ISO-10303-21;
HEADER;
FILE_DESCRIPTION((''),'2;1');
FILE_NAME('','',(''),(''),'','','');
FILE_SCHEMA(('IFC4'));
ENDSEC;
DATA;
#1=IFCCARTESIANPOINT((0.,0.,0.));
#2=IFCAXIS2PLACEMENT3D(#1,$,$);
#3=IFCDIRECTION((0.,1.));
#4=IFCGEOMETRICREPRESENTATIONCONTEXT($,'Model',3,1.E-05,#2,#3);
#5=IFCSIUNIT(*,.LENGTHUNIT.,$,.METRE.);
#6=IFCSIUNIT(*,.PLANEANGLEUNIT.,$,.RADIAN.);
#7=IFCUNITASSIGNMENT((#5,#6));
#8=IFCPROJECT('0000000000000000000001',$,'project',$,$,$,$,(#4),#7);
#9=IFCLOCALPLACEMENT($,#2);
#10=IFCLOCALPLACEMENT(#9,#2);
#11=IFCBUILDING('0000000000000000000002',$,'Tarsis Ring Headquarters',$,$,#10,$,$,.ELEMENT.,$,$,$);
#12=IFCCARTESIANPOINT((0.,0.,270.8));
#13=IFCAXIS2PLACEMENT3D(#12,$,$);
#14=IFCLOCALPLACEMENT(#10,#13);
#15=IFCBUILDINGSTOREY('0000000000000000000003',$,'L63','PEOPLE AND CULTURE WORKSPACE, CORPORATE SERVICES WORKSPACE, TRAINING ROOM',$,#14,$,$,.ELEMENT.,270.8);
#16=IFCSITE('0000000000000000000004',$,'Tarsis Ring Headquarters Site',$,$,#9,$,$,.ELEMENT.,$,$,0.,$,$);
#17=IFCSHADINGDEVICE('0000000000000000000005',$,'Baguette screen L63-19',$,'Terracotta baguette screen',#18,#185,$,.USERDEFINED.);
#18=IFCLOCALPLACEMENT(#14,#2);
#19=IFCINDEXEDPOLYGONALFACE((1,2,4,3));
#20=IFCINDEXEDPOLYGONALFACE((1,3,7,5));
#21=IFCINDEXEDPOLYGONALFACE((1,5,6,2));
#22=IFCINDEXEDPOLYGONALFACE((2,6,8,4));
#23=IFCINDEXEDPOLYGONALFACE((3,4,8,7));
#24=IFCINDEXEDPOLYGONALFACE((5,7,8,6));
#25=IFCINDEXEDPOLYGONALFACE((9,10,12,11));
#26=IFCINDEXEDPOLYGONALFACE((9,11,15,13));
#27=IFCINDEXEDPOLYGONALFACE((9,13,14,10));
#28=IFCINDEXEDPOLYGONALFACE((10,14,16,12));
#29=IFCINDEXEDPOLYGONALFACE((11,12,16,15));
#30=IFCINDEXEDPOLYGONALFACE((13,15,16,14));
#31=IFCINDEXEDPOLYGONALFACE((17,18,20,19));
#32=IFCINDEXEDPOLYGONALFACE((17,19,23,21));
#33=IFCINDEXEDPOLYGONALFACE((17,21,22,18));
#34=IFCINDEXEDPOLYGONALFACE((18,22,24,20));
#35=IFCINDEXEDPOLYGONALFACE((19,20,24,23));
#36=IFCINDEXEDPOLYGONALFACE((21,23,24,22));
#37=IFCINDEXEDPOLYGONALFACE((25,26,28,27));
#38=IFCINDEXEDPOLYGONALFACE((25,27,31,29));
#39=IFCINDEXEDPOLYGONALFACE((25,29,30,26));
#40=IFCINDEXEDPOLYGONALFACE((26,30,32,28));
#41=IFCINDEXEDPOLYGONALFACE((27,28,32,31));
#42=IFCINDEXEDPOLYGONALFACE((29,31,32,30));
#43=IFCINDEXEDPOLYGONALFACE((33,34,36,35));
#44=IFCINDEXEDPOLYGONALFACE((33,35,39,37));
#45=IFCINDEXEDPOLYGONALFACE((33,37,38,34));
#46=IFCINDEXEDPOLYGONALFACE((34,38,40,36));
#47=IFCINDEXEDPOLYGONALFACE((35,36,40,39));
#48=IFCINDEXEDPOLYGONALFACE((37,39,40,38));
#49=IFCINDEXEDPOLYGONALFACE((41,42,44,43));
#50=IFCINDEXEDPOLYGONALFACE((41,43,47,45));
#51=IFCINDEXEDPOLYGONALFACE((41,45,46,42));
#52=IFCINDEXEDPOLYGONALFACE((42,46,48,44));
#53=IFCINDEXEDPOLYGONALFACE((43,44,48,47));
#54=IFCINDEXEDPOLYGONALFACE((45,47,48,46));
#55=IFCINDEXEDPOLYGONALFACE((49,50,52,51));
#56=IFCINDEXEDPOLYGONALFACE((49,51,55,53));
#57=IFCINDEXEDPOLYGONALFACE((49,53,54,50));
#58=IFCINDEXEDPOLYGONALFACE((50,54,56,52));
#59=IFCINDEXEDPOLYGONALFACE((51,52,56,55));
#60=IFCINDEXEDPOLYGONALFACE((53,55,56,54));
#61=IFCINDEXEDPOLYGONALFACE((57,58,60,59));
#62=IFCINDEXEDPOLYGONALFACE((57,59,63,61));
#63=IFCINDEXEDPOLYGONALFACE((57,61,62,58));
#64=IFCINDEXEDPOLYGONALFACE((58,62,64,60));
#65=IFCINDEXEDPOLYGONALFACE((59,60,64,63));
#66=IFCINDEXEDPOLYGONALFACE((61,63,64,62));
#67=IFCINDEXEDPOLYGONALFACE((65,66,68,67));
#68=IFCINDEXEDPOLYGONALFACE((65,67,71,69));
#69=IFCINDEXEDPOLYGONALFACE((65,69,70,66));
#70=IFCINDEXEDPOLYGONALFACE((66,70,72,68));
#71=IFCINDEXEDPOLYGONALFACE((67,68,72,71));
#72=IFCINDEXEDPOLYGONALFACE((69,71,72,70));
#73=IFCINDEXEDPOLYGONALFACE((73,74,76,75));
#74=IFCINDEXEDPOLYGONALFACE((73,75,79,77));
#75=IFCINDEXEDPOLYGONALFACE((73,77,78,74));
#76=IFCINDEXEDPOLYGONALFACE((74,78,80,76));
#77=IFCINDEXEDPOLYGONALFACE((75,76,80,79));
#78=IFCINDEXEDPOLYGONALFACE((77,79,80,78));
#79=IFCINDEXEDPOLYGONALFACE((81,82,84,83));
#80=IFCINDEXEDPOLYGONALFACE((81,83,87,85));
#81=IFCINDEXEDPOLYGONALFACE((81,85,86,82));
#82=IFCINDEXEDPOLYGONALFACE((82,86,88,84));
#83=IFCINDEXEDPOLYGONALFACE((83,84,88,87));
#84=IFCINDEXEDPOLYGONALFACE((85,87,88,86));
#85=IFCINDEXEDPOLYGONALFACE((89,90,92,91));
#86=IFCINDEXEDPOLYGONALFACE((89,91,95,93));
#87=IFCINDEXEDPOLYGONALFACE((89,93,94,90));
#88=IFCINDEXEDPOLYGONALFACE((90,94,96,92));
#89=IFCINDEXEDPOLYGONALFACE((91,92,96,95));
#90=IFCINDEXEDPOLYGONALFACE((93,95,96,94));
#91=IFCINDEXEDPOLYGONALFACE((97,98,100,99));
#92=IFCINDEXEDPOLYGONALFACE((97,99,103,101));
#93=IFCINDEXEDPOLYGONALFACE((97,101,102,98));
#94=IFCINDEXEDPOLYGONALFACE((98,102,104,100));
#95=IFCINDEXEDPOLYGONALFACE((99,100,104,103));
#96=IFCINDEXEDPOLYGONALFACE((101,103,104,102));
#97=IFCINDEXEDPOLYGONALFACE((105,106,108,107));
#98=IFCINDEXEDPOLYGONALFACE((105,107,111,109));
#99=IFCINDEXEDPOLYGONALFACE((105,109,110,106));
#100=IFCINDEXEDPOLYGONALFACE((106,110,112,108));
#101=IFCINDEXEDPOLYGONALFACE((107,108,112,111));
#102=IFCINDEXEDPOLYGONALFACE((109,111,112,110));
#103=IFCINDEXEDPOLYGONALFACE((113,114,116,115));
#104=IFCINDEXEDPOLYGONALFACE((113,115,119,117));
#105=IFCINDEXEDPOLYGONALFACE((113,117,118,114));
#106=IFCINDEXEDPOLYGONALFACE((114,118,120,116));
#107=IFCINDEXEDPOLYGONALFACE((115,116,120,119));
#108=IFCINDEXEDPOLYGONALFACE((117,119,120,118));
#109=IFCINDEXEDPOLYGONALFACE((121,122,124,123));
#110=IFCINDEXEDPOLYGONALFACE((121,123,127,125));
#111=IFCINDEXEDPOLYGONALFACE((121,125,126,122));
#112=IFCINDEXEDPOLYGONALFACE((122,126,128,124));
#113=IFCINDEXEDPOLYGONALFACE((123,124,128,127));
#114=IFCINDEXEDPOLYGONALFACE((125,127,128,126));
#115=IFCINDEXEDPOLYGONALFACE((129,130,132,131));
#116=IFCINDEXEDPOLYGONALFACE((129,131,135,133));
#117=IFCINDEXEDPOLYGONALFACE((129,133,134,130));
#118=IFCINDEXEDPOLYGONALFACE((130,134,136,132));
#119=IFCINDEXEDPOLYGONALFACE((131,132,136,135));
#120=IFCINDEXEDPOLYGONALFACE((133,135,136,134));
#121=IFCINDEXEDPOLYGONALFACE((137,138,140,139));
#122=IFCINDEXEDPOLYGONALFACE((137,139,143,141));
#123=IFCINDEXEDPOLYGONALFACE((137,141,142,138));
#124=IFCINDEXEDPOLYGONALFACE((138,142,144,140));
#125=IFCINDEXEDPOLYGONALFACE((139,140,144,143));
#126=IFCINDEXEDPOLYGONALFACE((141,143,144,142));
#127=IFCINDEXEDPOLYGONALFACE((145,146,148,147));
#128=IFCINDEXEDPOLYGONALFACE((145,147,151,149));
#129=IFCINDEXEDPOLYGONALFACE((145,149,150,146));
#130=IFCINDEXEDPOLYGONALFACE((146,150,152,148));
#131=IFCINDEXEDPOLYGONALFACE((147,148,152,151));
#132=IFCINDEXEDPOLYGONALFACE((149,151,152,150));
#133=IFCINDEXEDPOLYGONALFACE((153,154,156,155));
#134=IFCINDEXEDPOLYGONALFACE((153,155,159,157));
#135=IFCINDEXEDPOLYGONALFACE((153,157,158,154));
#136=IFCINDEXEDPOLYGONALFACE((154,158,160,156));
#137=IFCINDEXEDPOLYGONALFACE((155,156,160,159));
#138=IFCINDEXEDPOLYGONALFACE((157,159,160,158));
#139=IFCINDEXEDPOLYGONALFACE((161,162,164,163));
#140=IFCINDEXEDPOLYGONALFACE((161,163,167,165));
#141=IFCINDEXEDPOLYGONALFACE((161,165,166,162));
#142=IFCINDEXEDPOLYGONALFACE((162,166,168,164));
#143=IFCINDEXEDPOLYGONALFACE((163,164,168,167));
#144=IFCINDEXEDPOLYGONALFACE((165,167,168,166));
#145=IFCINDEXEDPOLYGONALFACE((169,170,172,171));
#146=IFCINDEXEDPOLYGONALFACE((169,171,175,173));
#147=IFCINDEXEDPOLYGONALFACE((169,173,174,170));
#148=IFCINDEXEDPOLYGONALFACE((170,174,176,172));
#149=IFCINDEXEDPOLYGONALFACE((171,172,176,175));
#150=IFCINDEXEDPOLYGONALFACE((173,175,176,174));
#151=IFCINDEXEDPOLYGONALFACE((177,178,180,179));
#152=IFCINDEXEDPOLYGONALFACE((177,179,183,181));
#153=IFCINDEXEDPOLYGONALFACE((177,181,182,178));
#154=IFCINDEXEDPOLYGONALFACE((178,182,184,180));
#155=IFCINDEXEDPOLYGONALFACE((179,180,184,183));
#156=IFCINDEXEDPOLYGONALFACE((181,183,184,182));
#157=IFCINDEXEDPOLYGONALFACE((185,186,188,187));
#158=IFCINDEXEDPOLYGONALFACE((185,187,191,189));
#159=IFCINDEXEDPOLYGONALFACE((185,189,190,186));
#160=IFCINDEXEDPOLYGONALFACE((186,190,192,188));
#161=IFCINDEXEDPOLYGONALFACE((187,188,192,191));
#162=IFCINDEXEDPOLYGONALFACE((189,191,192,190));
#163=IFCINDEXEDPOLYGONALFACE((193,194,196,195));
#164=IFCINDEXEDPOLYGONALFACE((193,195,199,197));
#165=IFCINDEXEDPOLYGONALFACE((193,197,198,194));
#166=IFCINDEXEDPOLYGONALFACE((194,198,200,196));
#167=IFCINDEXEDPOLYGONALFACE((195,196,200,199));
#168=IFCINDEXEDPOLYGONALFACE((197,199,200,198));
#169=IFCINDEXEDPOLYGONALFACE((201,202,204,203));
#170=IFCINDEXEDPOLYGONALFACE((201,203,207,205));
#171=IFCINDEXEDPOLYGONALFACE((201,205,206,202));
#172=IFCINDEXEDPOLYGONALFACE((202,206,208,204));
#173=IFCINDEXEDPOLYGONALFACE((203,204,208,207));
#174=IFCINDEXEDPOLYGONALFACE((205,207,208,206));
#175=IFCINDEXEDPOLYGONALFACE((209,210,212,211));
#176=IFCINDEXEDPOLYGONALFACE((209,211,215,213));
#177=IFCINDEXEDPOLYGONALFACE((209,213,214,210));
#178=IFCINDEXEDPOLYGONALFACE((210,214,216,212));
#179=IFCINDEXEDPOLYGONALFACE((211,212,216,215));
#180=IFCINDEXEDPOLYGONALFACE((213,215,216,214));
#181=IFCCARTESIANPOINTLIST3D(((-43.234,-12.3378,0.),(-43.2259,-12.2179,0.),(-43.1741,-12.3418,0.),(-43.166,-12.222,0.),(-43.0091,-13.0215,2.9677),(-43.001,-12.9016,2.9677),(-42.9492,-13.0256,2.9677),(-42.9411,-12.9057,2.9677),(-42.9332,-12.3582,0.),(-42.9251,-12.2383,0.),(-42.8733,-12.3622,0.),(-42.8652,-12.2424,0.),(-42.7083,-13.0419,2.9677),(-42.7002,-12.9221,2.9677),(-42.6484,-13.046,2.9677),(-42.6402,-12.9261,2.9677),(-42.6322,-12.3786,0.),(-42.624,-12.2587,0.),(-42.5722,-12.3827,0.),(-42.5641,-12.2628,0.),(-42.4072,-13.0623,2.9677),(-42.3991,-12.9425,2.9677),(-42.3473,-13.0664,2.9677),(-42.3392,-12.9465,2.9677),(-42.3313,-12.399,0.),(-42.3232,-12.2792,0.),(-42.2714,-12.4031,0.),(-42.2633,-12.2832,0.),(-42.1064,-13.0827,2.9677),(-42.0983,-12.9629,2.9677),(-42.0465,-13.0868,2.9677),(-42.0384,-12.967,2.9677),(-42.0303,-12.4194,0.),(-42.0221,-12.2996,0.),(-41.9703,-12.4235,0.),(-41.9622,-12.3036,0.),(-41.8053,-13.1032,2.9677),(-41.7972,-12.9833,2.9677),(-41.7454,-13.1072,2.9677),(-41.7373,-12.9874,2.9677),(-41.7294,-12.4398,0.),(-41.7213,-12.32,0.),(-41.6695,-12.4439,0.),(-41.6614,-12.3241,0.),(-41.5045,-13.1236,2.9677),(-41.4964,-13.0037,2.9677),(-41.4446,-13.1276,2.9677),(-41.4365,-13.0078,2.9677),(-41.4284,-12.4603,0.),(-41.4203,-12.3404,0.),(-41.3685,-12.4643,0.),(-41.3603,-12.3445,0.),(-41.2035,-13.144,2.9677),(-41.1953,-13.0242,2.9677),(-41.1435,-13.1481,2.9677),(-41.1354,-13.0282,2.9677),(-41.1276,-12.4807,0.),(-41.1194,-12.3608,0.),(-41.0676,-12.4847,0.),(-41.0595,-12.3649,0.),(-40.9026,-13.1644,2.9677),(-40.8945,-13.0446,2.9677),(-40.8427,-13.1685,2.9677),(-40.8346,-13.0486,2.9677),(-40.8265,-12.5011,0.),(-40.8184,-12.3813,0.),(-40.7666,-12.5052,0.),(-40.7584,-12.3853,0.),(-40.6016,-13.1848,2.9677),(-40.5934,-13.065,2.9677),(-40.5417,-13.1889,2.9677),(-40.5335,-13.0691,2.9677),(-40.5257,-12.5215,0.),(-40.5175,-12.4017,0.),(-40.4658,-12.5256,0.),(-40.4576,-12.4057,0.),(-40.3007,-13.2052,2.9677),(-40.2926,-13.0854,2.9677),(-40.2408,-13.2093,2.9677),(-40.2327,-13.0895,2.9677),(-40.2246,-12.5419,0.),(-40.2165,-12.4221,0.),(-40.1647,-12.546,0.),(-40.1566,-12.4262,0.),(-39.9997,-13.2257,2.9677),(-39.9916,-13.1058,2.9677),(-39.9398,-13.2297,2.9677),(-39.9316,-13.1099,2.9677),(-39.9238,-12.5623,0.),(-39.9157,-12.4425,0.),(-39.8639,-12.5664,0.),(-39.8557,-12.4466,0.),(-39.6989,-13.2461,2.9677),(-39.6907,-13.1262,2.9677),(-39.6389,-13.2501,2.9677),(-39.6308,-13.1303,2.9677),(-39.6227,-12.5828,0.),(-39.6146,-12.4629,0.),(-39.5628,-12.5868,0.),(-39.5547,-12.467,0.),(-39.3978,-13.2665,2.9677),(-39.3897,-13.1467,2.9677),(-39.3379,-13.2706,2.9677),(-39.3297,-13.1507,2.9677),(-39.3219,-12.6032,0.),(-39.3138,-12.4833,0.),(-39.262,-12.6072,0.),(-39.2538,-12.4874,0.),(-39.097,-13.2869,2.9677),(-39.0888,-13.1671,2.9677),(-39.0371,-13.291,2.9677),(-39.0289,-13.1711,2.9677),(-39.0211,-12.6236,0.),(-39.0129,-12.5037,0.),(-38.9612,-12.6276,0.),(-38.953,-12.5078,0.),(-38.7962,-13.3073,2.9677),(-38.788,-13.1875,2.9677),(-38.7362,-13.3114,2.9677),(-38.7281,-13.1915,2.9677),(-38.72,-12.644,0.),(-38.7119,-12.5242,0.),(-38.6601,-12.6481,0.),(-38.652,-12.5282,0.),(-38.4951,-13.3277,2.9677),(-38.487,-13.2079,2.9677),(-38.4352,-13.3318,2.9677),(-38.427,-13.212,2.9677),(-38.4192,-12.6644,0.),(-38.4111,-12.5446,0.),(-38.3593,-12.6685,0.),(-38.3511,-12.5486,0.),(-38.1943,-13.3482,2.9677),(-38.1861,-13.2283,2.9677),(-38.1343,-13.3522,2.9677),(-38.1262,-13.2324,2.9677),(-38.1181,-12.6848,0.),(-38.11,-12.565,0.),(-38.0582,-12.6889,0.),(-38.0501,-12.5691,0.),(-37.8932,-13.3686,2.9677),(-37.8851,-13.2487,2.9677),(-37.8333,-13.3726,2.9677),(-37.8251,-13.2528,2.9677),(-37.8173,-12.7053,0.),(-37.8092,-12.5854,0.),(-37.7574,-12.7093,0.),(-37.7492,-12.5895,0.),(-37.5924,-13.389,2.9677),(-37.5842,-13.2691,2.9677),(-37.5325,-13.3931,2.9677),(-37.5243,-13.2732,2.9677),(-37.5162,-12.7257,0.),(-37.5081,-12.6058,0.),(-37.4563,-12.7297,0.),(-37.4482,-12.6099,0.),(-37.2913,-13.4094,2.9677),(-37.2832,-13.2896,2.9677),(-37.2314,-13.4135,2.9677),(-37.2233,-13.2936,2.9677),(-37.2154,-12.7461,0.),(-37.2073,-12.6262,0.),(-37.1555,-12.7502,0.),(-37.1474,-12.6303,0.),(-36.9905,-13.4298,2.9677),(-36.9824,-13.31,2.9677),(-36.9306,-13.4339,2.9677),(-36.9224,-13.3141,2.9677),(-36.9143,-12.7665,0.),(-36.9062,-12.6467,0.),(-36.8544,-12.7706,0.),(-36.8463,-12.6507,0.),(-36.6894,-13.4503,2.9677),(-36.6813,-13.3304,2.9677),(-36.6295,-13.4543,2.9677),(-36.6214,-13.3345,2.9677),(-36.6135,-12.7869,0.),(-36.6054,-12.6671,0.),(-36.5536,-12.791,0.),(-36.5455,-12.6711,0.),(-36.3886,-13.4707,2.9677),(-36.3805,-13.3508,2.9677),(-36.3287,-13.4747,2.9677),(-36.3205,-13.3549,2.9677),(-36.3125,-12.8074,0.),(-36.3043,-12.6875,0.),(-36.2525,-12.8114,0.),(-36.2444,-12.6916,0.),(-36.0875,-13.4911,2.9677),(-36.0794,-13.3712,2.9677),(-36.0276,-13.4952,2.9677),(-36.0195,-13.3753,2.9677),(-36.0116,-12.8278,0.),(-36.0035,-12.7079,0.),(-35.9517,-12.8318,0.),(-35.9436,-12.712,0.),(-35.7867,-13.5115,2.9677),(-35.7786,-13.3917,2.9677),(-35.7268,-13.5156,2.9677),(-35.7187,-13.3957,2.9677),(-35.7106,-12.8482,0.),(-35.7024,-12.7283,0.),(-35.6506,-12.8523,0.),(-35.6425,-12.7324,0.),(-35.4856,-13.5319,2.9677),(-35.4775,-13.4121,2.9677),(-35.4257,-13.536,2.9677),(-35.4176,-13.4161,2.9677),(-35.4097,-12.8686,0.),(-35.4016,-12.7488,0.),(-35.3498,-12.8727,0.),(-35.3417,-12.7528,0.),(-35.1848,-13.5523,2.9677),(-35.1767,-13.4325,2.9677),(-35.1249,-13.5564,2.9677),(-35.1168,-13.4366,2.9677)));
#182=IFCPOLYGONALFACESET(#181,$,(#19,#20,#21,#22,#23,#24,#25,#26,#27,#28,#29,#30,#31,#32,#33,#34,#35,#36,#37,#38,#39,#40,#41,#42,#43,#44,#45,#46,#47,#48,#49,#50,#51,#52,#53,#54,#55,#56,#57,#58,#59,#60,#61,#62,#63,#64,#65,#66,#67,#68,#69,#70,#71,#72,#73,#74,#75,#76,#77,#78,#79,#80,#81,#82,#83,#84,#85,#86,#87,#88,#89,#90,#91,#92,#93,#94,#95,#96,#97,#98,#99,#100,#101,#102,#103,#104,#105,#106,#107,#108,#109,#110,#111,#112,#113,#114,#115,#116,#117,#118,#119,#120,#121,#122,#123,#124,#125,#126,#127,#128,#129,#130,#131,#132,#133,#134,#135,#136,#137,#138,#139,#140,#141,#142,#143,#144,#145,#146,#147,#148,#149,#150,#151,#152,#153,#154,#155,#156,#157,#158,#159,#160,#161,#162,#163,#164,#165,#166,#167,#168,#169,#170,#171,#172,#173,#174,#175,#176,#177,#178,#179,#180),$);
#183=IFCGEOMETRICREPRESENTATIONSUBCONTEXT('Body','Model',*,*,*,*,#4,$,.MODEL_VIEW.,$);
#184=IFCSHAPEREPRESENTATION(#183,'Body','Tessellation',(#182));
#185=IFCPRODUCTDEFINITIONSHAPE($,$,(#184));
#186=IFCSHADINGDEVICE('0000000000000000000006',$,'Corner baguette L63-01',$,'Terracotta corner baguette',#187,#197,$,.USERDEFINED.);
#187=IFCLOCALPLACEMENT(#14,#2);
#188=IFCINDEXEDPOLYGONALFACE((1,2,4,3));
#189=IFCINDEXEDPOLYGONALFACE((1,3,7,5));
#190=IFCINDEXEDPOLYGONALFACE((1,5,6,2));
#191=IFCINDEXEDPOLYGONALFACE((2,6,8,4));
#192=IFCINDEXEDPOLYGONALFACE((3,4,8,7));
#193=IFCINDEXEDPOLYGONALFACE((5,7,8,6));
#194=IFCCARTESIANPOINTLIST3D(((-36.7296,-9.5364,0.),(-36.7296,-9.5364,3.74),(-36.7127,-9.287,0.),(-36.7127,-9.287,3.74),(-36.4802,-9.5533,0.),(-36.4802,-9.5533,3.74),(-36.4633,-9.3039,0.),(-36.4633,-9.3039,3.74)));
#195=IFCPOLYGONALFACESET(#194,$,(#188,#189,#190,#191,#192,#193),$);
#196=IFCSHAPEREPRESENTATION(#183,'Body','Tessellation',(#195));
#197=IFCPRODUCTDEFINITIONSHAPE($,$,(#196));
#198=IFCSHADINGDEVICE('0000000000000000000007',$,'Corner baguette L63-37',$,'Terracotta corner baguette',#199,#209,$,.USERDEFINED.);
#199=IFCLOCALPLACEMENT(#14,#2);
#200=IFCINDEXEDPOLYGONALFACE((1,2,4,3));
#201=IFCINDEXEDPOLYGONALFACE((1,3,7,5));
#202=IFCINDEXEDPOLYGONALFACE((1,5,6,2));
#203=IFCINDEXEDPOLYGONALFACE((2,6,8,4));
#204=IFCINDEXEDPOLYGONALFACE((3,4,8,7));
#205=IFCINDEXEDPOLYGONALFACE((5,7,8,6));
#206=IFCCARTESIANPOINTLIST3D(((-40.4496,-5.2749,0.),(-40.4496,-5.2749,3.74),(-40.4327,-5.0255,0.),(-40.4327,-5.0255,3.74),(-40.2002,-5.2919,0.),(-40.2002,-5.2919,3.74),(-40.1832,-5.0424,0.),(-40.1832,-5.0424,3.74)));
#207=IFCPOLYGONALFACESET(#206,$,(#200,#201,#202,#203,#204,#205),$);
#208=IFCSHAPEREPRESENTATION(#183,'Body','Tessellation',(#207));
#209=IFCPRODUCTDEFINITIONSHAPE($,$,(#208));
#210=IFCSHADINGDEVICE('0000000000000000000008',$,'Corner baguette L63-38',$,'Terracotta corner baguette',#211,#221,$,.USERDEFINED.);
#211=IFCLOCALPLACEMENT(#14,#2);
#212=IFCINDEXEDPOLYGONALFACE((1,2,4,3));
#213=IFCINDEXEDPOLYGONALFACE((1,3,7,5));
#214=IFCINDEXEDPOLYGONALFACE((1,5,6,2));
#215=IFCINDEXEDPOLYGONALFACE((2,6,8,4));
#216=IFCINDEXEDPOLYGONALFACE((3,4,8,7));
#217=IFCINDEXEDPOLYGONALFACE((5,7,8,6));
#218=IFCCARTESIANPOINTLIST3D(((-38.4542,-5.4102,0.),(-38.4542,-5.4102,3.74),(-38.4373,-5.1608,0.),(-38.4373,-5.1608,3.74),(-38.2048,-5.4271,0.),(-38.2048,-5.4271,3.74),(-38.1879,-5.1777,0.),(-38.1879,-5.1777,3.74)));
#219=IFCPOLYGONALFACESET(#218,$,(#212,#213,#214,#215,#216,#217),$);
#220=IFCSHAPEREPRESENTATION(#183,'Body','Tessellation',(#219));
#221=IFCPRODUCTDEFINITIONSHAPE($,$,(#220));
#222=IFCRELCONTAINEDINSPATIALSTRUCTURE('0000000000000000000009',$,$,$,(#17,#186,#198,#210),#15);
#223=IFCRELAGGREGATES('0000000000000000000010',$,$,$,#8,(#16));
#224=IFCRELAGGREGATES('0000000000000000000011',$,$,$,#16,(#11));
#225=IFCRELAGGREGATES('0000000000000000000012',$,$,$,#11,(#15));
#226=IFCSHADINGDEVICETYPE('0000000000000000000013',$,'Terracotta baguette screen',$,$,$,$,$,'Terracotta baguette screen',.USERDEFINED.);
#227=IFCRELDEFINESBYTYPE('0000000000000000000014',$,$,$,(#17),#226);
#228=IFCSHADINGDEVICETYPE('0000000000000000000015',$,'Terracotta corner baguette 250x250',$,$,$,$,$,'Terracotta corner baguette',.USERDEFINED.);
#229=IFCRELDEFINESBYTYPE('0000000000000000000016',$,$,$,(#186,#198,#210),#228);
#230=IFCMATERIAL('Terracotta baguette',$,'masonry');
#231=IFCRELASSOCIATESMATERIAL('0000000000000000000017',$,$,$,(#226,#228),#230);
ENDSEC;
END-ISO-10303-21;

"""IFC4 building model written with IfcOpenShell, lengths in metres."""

from ifc_helpers import new_model, si_unit, direction, frame, frame_2d, origin, origin_2d, place, context, subcontext, project, spatial, rectangle, composite_profile, extrude, material, type_object, element, save


model = new_model("IFC4")

# Units and contexts
model_context = context("Model", 3, precision=1e-05, world=origin(), true_north=direction((0.0, 1.0)))
body_context = subcontext(model_context, "Body", "Model", "MODEL_VIEW")
ifc_project = project(units=[si_unit("LENGTHUNIT", "METRE"), si_unit("PLANEANGLEUNIT", "RADIAN")], contexts=[model_context])

# Site, building, storey
site_placement = place(None, origin())
site = spatial("IfcSite", under=ifc_project, at=site_placement, Name="Tarsis Ring Headquarters Site", CompositionType="ELEMENT", RefElevation=0.0)
building_placement = place(site_placement, origin())
building = spatial("IfcBuilding", under=site, at=building_placement, Name="Tarsis Ring Headquarters", CompositionType="ELEMENT")
storey_placement = place(building_placement, frame((0.0, 0.0, 270.8)))
storey = spatial("IfcBuildingStorey", under=building, at=storey_placement, Name="L63", Description="PEOPLE AND CULTURE WORKSPACE, CORPORATE SERVICES WORKSPACE, TRAINING ROOM", CompositionType="ELEMENT", Elevation=270.8)

# Shading devices
ifc_material_1 = material(Name="Terracotta baguette", Category="masonry")
shading_device_type_1 = type_object("IfcShadingDeviceType", Name="Terracotta baguette screen", ElementType="Terracotta baguette screen", PredefinedType="USERDEFINED", material=ifc_material_1)
shading_device_placement = place(storey_placement, frame((-43.23, -12.2778, 0.0), z_axis=(0.0, 0.0, 1.0), x_axis=(0.997714, -0.06769, 0.0)))
element("IfcShadingDevice", 1, at=shading_device_placement, inside=storey, type_object=shading_device_type_1, Name="Baguette screen L63-19", ObjectType="Terracotta baguette screen", PredefinedType="USERDEFINED", context=body_context, shape_type="SweptSolid", body=[
    extrude(composite_profile([rectangle(XDim=0.0601, YDim=0.1201, at=frame_2d((0.03, 0.0))), rectangle(XDim=0.0601, YDim=0.1201, at=frame_2d((0.3315, 0.0))), rectangle(XDim=0.0601, YDim=0.1201, at=frame_2d((0.6333, 0.0))), rectangle(XDim=0.0601, YDim=0.1201, at=frame_2d((0.9348, 0.0))), rectangle(XDim=0.0601, YDim=0.1201, at=frame_2d((1.2366, 0.0))), rectangle(XDim=0.0601, YDim=0.1201, at=frame_2d((1.5381, 0.0))), rectangle(XDim=0.0601, YDim=0.1201, at=frame_2d((1.8398, 0.0))), rectangle(XDim=0.0601, YDim=0.1201, at=frame_2d((2.1414, 0.0))), rectangle(XDim=0.0601, YDim=0.1201, at=frame_2d((2.4431, 0.0))), rectangle(XDim=0.0601, YDim=0.1201, at=frame_2d((2.7446, 0.0))), rectangle(XDim=0.0601, YDim=0.1201, at=frame_2d((3.0464, 0.0))), rectangle(XDim=0.0601, YDim=0.1201, at=frame_2d((3.3479, 0.0))), rectangle(XDim=0.0601, YDim=0.1201, at=frame_2d((3.6497, 0.0))), rectangle(XDim=0.0601, YDim=0.1201, at=frame_2d((3.9512, 0.0))), rectangle(XDim=0.0601, YDim=0.1201, at=frame_2d((4.2527, 0.0))), rectangle(XDim=0.0601, YDim=0.1201, at=frame_2d((4.5544, 0.0))), rectangle(XDim=0.0601, YDim=0.1201, at=frame_2d((4.856, 0.0))), rectangle(XDim=0.0601, YDim=0.1201, at=frame_2d((5.1577, 0.0))), rectangle(XDim=0.0601, YDim=0.1201, at=frame_2d((5.4592, 0.0))), rectangle(XDim=0.0601, YDim=0.1201, at=frame_2d((5.761, 0.0))), rectangle(XDim=0.0601, YDim=0.1201, at=frame_2d((6.0625, 0.0))), rectangle(XDim=0.0601, YDim=0.1201, at=frame_2d((6.3643, 0.0))), rectangle(XDim=0.0601, YDim=0.1201, at=frame_2d((6.6658, 0.0))), rectangle(XDim=0.0601, YDim=0.1201, at=frame_2d((6.9675, 0.0))), rectangle(XDim=0.0601, YDim=0.1201, at=frame_2d((7.269, 0.0))), rectangle(XDim=0.0601, YDim=0.1201, at=frame_2d((7.5708, 0.0))), rectangle(XDim=0.0601, YDim=0.1201, at=frame_2d((7.8723, 0.0)))]), origin(), (0.088643, -0.218404, 0.971824), 3.0537),
])
shading_device_type_2 = type_object("IfcShadingDeviceType", Name="Terracotta corner baguette 250x250", ElementType="Terracotta corner baguette", PredefinedType="USERDEFINED", material=ifc_material_1)
for number, where, z_axis, x_axis, name in (
    (2, (-36.5964, -9.4202, 0.0), (0.0, 0.0, 1.0), (-0.067667, -0.997708, 0.0), "Corner baguette L63-01"),
    (3, (-40.3164, -5.1587, 0.0), (0.0, 0.0, 1.0), (-0.067667, -0.997708, 0.0), "Corner baguette L63-37"),
    (4, (-38.321, -5.2939, 0.0), (0.0, 0.0, 1.0), (0.997708, -0.067667, 0.0), "Corner baguette L63-38"),
):
    element("IfcShadingDevice", number, at=place(storey_placement, frame(where, z_axis=z_axis, x_axis=x_axis)), inside=storey, type_object=shading_device_type_2, Name=name, ObjectType="Terracotta corner baguette", PredefinedType="USERDEFINED", context=body_context, shape_type="SweptSolid", body=[
        extrude(rectangle(XDim=0.25, YDim=0.25, at=origin_2d()), origin(), (0.0, 0.0, 1.0), 3.74),
    ])

save(model, "model.ifc")
